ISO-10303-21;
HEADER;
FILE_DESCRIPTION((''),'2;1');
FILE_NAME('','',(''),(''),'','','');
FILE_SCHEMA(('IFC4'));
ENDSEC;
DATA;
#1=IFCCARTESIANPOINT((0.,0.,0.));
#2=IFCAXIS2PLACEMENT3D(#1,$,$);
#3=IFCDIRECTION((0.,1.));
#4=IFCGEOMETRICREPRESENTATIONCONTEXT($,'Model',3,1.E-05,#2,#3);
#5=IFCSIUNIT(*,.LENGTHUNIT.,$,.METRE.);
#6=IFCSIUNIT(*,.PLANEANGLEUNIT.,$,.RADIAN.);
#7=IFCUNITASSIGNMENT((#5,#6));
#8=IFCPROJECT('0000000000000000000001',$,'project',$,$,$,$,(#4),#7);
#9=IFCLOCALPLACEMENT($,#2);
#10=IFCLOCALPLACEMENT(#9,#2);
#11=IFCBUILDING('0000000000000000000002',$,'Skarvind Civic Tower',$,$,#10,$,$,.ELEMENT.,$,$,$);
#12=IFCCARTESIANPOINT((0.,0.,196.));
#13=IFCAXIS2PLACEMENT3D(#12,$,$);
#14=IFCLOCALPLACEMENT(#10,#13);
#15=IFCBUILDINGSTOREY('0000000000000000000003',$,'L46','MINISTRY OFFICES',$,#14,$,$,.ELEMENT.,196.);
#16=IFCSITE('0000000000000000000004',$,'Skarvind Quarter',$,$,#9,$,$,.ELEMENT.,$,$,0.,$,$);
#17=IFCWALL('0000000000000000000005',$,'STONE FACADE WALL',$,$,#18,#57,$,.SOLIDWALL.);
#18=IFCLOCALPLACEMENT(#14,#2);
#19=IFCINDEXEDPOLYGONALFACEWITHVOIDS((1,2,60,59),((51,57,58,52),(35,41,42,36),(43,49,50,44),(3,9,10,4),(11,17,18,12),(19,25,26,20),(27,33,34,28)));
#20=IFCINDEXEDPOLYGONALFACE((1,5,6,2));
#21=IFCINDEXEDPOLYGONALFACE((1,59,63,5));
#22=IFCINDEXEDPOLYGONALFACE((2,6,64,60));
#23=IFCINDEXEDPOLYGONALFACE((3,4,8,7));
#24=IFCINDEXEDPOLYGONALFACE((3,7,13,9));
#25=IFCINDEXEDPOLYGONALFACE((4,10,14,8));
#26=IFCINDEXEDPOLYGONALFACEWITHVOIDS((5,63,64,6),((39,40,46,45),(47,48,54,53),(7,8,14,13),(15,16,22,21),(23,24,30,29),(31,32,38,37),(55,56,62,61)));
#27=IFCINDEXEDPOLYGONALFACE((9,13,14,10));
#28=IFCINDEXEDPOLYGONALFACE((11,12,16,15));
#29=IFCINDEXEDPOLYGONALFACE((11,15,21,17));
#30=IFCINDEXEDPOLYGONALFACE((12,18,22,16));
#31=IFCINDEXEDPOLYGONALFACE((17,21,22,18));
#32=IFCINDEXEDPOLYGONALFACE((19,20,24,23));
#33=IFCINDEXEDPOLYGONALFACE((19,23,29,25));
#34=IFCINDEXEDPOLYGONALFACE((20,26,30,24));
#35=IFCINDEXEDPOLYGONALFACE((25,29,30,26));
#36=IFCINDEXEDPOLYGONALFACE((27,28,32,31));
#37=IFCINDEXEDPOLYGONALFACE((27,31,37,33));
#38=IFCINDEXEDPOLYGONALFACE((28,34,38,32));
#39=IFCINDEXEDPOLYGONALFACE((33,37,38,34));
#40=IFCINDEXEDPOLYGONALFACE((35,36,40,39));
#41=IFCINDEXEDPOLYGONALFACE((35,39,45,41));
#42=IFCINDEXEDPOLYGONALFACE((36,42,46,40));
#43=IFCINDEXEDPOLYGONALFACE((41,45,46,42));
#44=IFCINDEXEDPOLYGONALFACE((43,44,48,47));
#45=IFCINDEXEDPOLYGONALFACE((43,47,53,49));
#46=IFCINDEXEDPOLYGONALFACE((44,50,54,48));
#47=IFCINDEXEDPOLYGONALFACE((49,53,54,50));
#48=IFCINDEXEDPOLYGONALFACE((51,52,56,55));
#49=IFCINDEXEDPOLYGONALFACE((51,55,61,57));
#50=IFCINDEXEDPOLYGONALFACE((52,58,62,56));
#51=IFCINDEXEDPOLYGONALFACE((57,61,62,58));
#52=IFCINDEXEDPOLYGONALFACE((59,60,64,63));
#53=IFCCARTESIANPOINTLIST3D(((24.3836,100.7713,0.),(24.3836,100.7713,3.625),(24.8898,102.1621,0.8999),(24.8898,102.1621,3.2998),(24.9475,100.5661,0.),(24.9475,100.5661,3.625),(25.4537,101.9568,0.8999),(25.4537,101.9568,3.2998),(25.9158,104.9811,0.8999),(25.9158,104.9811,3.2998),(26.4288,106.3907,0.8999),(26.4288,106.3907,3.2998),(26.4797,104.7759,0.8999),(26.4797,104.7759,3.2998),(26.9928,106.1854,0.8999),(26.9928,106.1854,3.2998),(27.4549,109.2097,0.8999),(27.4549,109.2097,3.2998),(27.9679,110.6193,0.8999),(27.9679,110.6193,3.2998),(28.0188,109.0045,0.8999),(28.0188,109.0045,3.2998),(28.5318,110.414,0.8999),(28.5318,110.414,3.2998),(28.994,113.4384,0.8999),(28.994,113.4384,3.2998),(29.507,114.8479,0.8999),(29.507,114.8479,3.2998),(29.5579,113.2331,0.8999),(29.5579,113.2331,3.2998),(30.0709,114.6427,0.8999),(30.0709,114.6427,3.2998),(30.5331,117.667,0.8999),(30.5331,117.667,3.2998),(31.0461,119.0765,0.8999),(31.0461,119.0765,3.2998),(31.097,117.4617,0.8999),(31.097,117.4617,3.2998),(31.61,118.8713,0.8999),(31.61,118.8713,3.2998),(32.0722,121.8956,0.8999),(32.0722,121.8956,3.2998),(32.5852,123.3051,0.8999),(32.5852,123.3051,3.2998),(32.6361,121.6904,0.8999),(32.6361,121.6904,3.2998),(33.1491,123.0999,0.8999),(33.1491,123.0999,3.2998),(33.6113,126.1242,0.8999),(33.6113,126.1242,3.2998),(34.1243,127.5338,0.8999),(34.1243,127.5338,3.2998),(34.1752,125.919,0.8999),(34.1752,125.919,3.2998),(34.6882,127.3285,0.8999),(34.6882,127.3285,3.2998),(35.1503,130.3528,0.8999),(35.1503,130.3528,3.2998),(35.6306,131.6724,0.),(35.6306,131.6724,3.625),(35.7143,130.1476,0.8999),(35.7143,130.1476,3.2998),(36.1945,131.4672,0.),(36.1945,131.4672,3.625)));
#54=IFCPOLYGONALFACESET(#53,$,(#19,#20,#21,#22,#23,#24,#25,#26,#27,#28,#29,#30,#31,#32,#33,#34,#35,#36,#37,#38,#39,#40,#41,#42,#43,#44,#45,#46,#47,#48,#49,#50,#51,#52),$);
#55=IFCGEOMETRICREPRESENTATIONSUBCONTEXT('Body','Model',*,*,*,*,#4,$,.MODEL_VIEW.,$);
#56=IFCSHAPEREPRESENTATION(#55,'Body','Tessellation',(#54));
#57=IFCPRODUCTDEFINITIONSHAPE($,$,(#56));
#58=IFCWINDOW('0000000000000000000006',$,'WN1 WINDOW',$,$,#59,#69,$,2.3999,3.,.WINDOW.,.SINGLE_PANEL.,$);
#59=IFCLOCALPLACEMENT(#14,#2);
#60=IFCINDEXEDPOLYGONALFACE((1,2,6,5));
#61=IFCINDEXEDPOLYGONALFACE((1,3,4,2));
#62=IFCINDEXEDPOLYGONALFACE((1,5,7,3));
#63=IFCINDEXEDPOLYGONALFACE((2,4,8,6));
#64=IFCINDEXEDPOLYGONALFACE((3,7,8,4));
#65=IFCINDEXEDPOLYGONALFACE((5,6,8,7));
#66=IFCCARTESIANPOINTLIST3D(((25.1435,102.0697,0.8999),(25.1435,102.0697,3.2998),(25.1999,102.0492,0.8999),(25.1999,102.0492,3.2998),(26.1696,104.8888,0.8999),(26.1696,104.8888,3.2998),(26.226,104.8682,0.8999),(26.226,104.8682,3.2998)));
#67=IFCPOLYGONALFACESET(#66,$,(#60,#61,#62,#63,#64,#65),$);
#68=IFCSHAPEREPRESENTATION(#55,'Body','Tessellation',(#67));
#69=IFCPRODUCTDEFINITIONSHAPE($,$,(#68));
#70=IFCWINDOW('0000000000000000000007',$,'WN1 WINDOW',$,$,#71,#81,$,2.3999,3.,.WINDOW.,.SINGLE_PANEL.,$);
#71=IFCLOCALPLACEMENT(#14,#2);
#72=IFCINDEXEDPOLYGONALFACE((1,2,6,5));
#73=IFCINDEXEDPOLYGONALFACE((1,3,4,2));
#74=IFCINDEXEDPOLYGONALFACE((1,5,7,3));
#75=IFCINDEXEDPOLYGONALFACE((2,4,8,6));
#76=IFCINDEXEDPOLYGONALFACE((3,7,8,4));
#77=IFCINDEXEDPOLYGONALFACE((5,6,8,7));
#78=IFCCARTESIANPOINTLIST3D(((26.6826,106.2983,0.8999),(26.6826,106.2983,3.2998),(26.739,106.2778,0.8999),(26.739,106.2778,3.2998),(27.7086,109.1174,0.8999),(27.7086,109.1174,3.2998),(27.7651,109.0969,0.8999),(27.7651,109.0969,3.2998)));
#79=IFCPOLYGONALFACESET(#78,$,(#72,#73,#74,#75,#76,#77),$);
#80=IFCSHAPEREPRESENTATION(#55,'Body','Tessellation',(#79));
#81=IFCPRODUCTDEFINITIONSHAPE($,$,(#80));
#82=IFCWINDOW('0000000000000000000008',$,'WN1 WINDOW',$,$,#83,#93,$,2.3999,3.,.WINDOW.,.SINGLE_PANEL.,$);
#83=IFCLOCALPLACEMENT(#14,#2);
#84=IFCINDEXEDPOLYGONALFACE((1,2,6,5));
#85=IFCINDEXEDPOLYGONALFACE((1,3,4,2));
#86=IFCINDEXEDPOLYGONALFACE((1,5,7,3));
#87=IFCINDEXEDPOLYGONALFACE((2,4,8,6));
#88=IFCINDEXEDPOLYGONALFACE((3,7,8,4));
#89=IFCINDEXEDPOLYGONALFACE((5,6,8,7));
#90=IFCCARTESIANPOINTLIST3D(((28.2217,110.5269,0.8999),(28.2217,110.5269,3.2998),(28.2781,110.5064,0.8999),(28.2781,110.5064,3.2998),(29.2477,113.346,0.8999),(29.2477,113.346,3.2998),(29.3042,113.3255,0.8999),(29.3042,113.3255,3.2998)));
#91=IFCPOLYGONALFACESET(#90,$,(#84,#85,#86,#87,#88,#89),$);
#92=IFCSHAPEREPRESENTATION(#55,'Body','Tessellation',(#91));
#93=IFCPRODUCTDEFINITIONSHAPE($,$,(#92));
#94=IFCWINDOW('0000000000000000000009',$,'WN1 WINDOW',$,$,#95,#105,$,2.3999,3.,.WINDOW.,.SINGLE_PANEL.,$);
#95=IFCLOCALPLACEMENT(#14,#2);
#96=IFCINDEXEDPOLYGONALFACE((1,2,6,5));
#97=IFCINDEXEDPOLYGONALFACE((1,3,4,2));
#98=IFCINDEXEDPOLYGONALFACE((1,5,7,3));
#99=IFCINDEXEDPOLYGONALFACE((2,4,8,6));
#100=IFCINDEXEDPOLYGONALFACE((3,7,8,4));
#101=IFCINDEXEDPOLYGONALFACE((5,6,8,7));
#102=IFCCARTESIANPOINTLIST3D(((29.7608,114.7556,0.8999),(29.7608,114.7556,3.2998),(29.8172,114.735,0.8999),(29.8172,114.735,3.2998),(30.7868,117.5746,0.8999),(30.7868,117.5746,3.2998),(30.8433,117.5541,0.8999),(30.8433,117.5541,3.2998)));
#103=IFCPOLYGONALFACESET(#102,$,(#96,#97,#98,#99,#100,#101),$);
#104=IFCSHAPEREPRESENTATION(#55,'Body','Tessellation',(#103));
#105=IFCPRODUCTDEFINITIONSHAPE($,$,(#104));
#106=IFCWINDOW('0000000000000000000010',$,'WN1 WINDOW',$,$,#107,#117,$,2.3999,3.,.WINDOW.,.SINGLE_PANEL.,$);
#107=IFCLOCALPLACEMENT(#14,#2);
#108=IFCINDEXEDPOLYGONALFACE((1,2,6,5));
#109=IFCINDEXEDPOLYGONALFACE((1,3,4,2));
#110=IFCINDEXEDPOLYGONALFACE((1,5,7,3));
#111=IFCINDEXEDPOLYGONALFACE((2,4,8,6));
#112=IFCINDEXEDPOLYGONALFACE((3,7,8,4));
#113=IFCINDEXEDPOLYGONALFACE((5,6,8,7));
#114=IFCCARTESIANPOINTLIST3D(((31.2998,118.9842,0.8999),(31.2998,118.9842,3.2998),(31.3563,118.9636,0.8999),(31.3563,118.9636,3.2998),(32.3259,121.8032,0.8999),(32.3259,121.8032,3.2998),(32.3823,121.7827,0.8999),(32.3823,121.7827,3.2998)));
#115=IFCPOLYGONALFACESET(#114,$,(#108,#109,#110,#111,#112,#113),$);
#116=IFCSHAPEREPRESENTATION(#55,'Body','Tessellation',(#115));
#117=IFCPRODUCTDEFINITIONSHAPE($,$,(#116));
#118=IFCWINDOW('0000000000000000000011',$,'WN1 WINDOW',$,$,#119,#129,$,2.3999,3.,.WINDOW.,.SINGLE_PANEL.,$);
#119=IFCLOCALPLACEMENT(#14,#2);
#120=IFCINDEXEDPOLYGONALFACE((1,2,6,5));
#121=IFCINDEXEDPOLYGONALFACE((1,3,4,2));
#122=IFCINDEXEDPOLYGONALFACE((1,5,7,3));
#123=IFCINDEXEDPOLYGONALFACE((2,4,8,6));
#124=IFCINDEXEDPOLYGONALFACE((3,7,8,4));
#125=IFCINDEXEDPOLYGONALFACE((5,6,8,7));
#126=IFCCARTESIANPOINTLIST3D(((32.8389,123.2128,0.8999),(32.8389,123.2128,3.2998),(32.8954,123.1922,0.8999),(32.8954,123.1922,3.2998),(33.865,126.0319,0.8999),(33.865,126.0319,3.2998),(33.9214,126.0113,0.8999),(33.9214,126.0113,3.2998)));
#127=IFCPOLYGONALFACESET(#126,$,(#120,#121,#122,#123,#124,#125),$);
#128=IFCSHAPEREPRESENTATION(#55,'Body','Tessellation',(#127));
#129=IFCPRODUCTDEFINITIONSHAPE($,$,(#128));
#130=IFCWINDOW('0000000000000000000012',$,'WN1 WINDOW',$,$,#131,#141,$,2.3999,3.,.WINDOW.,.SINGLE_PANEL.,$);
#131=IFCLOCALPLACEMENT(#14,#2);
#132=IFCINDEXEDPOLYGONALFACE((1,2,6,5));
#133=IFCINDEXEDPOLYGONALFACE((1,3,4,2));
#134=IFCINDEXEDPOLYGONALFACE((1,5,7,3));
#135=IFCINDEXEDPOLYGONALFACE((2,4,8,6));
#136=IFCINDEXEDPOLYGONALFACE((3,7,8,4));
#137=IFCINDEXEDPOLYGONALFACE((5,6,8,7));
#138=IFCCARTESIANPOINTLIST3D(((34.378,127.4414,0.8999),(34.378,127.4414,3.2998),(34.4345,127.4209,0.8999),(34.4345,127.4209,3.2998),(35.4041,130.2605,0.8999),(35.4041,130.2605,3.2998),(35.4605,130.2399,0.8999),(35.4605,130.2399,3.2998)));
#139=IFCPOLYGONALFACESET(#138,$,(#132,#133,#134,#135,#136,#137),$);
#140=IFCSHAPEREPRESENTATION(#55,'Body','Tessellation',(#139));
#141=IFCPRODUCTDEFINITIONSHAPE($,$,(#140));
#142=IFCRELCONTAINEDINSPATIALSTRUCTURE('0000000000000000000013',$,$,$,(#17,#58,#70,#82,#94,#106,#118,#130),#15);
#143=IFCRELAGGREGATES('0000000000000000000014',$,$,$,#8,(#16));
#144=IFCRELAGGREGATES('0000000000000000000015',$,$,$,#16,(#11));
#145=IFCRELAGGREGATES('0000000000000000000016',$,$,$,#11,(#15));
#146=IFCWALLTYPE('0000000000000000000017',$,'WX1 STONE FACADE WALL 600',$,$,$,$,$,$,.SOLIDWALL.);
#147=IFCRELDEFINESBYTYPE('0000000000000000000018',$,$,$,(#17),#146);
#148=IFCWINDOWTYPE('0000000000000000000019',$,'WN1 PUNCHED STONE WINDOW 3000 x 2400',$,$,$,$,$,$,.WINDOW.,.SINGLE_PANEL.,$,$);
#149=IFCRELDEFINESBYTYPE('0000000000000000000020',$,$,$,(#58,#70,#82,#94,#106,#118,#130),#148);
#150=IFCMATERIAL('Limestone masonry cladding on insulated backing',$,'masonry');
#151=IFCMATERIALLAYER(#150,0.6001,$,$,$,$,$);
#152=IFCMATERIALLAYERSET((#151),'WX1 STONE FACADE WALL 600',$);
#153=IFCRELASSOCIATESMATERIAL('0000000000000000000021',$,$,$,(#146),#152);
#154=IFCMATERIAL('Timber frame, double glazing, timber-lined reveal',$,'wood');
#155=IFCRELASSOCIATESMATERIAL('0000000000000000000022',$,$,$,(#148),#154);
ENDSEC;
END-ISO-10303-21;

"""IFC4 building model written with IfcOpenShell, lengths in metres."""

from ifc_helpers import new_model, si_unit, direction, frame, frame_2d, origin, place, context, subcontext, project, spatial, rectangle, extrude, material, layer, layer_set, type_object, element, fill, save


model = new_model("IFC4")

# Units and contexts
model_context = context("Model", 3, precision=1e-05, world=origin(), true_north=direction((0.0, 1.0)))
body_context = subcontext(model_context, "Body", "Model", "MODEL_VIEW")
ifc_project = project(units=[si_unit("LENGTHUNIT", "METRE"), si_unit("PLANEANGLEUNIT", "RADIAN")], contexts=[model_context])

# Site, building, storey
site_placement = place(None, origin())
site = spatial("IfcSite", under=ifc_project, at=site_placement, Name="Skarvind Quarter", CompositionType="ELEMENT", RefElevation=0.0)
building_placement = place(site_placement, origin())
building = spatial("IfcBuilding", under=site, at=building_placement, Name="Skarvind Civic Tower", CompositionType="ELEMENT")
storey_placement = place(building_placement, frame((0.0, 0.0, 196.0)))
storey = spatial("IfcBuildingStorey", under=building, at=storey_placement, Name="L46", Description="MINISTRY OFFICES", CompositionType="ELEMENT", Elevation=196.0)

# Wall, openings, windows
ifc_material_1 = material(Name="Limestone masonry cladding on insulated backing", Category="masonry")
ifc_layer_1 = layer(ifc_material_1, 0.6001)
ifc_layer_set_1 = layer_set([ifc_layer_1], Name="WX1 STONE FACADE WALL 600")
wall_type_1 = type_object("IfcWallType", Name="WX1 STONE FACADE WALL 600", PredefinedType="SOLIDWALL", material=ifc_layer_set_1)
wall_1_placement = place(storey_placement, frame((24.6655, 100.6687, 0.0), z_axis=(0.0, 0.0, 1.0), x_axis=(0.34202, 0.939693, 0.0)))
wall_1 = element("IfcWall", 1, at=wall_1_placement, inside=storey, type_object=wall_type_1, Name="STONE FACADE WALL", PredefinedType="SOLIDWALL", context=body_context, shape_type="SweptSolid", body=[
    extrude(rectangle(XDim=32.8843, YDim=0.6001, at=frame_2d((16.4421, 0.0))), origin(), (0.0, 0.0, 1.0), 3.625),
])
opening_1_placement = place(wall_1_placement, frame((1.48, 0.0, 0.8999)))
opening_1 = element("IfcOpeningElement", 2, at=opening_1_placement, cuts=wall_1, PredefinedType="OPENING", context=body_context, shape_type="SweptSolid", body=[
    extrude(rectangle(XDim=3.0, YDim=2.3999, at=frame_2d((1.5, 1.2))), frame((0.0, 0.3101, 0.0), z_axis=(0.0, -1.0, 0.0), x_axis=(1.0, 0.0, 0.0)), (0.0, 0.0, 1.0), 0.6201),
])
opening_2_placement = place(wall_1_placement, frame((5.98, 0.0, 0.8999)))
opening_2 = element("IfcOpeningElement", 3, at=opening_2_placement, cuts=wall_1, PredefinedType="OPENING", context=body_context, shape_type="SweptSolid", body=[
    extrude(rectangle(XDim=3.0, YDim=2.3999, at=frame_2d((1.5, 1.2))), frame((0.0, 0.3101, 0.0), z_axis=(0.0, -1.0, 0.0), x_axis=(1.0, 0.0, 0.0)), (0.0, 0.0, 1.0), 0.6201),
])
opening_3_placement = place(wall_1_placement, frame((10.48, 0.0, 0.8999)))
opening_3 = element("IfcOpeningElement", 4, at=opening_3_placement, cuts=wall_1, PredefinedType="OPENING", context=body_context, shape_type="SweptSolid", body=[
    extrude(rectangle(XDim=3.0, YDim=2.3999, at=frame_2d((1.5, 1.2))), frame((0.0, 0.3101, 0.0), z_axis=(0.0, -1.0, 0.0), x_axis=(1.0, 0.0, 0.0)), (0.0, 0.0, 1.0), 0.6201),
])
opening_4_placement = place(wall_1_placement, frame((14.98, 0.0, 0.8999)))
opening_4 = element("IfcOpeningElement", 5, at=opening_4_placement, cuts=wall_1, PredefinedType="OPENING", context=body_context, shape_type="SweptSolid", body=[
    extrude(rectangle(XDim=3.0, YDim=2.3999, at=frame_2d((1.5, 1.2))), frame((0.0, 0.3101, 0.0), z_axis=(0.0, -1.0, 0.0), x_axis=(1.0, 0.0, 0.0)), (0.0, 0.0, 1.0), 0.6201),
])
opening_5_placement = place(wall_1_placement, frame((19.48, 0.0, 0.8999)))
opening_5 = element("IfcOpeningElement", 6, at=opening_5_placement, cuts=wall_1, PredefinedType="OPENING", context=body_context, shape_type="SweptSolid", body=[
    extrude(rectangle(XDim=3.0, YDim=2.3999, at=frame_2d((1.5, 1.2))), frame((0.0, 0.3101, 0.0), z_axis=(0.0, -1.0, 0.0), x_axis=(1.0, 0.0, 0.0)), (0.0, 0.0, 1.0), 0.6201),
])
opening_6_placement = place(wall_1_placement, frame((23.98, 0.0, 0.8999)))
opening_6 = element("IfcOpeningElement", 7, at=opening_6_placement, cuts=wall_1, PredefinedType="OPENING", context=body_context, shape_type="SweptSolid", body=[
    extrude(rectangle(XDim=3.0, YDim=2.3999, at=frame_2d((1.5, 1.2))), frame((0.0, 0.3101, 0.0), z_axis=(0.0, -1.0, 0.0), x_axis=(1.0, 0.0, 0.0)), (0.0, 0.0, 1.0), 0.6201),
])
opening_7_placement = place(wall_1_placement, frame((28.48, 0.0, 0.8999)))
opening_7 = element("IfcOpeningElement", 8, at=opening_7_placement, cuts=wall_1, PredefinedType="OPENING", context=body_context, shape_type="SweptSolid", body=[
    extrude(rectangle(XDim=3.0, YDim=2.3999, at=frame_2d((1.5, 1.2))), frame((0.0, 0.3101, 0.0), z_axis=(0.0, -1.0, 0.0), x_axis=(1.0, 0.0, 0.0)), (0.0, 0.0, 1.0), 0.6201),
])
ifc_material_2 = material(Name="Timber frame, double glazing, timber-lined reveal", Category="wood")
window_type = type_object("IfcWindowType", Name="WN1 PUNCHED STONE WINDOW 3000 x 2400", PartitioningType="SINGLE_PANEL", PredefinedType="WINDOW", material=ifc_material_2)
window_1_placement = place(opening_1_placement, origin())
window_1 = element("IfcWindow", 9, at=window_1_placement, inside=storey, type_object=window_type, Name="WN1 WINDOW", OverallHeight=2.3999, OverallWidth=3.0, PartitioningType="SINGLE_PANEL", PredefinedType="WINDOW", context=body_context, shape_type="SweptSolid", body=[
    extrude(rectangle(XDim=3.0, YDim=2.3999, at=frame_2d((1.5, 1.2))), frame((0.0, 0.03, 0.0), z_axis=(0.0, -1.0, 0.0), x_axis=(1.0, 0.0, 0.0)), (0.0, 0.0, 1.0), 0.0601),
])
fill(opening_1, window_1)
window_2_placement = place(opening_2_placement, origin())
window_2 = element("IfcWindow", 10, at=window_2_placement, inside=storey, type_object=window_type, Name="WN1 WINDOW", OverallHeight=2.3999, OverallWidth=3.0, PartitioningType="SINGLE_PANEL", PredefinedType="WINDOW", context=body_context, shape_type="SweptSolid", body=[
    extrude(rectangle(XDim=3.0, YDim=2.3999, at=frame_2d((1.5, 1.2))), frame((0.0, 0.03, 0.0), z_axis=(0.0, -1.0, 0.0), x_axis=(1.0, 0.0, 0.0)), (0.0, 0.0, 1.0), 0.0601),
])
fill(opening_2, window_2)
window_3_placement = place(opening_3_placement, origin())
window_3 = element("IfcWindow", 11, at=window_3_placement, inside=storey, type_object=window_type, Name="WN1 WINDOW", OverallHeight=2.3999, OverallWidth=3.0, PartitioningType="SINGLE_PANEL", PredefinedType="WINDOW", context=body_context, shape_type="SweptSolid", body=[
    extrude(rectangle(XDim=3.0, YDim=2.3999, at=frame_2d((1.5, 1.2))), frame((0.0, 0.03, 0.0), z_axis=(0.0, -1.0, 0.0), x_axis=(1.0, 0.0, 0.0)), (0.0, 0.0, 1.0), 0.0601),
])
fill(opening_3, window_3)
window_4_placement = place(opening_4_placement, origin())
window_4 = element("IfcWindow", 12, at=window_4_placement, inside=storey, type_object=window_type, Name="WN1 WINDOW", OverallHeight=2.3999, OverallWidth=3.0, PartitioningType="SINGLE_PANEL", PredefinedType="WINDOW", context=body_context, shape_type="SweptSolid", body=[
    extrude(rectangle(XDim=3.0, YDim=2.3999, at=frame_2d((1.5, 1.2))), frame((0.0, 0.03, 0.0), z_axis=(0.0, -1.0, 0.0), x_axis=(1.0, 0.0, 0.0)), (0.0, 0.0, 1.0), 0.0601),
])
fill(opening_4, window_4)
window_5_placement = place(opening_5_placement, origin())
window_5 = element("IfcWindow", 13, at=window_5_placement, inside=storey, type_object=window_type, Name="WN1 WINDOW", OverallHeight=2.3999, OverallWidth=3.0, PartitioningType="SINGLE_PANEL", PredefinedType="WINDOW", context=body_context, shape_type="SweptSolid", body=[
    extrude(rectangle(XDim=3.0, YDim=2.3999, at=frame_2d((1.5, 1.2))), frame((0.0, 0.03, 0.0), z_axis=(0.0, -1.0, 0.0), x_axis=(1.0, 0.0, 0.0)), (0.0, 0.0, 1.0), 0.0601),
])
fill(opening_5, window_5)
window_6_placement = place(opening_6_placement, origin())
window_6 = element("IfcWindow", 14, at=window_6_placement, inside=storey, type_object=window_type, Name="WN1 WINDOW", OverallHeight=2.3999, OverallWidth=3.0, PartitioningType="SINGLE_PANEL", PredefinedType="WINDOW", context=body_context, shape_type="SweptSolid", body=[
    extrude(rectangle(XDim=3.0, YDim=2.3999, at=frame_2d((1.5, 1.2))), frame((0.0, 0.03, 0.0), z_axis=(0.0, -1.0, 0.0), x_axis=(1.0, 0.0, 0.0)), (0.0, 0.0, 1.0), 0.0601),
])
fill(opening_6, window_6)
window_7_placement = place(opening_7_placement, origin())
window_7 = element("IfcWindow", 15, at=window_7_placement, inside=storey, type_object=window_type, Name="WN1 WINDOW", OverallHeight=2.3999, OverallWidth=3.0, PartitioningType="SINGLE_PANEL", PredefinedType="WINDOW", context=body_context, shape_type="SweptSolid", body=[
    extrude(rectangle(XDim=3.0, YDim=2.3999, at=frame_2d((1.5, 1.2))), frame((0.0, 0.03, 0.0), z_axis=(0.0, -1.0, 0.0), x_axis=(1.0, 0.0, 0.0)), (0.0, 0.0, 1.0), 0.0601),
])
fill(opening_7, window_7)

save(model, "model.ifc")
